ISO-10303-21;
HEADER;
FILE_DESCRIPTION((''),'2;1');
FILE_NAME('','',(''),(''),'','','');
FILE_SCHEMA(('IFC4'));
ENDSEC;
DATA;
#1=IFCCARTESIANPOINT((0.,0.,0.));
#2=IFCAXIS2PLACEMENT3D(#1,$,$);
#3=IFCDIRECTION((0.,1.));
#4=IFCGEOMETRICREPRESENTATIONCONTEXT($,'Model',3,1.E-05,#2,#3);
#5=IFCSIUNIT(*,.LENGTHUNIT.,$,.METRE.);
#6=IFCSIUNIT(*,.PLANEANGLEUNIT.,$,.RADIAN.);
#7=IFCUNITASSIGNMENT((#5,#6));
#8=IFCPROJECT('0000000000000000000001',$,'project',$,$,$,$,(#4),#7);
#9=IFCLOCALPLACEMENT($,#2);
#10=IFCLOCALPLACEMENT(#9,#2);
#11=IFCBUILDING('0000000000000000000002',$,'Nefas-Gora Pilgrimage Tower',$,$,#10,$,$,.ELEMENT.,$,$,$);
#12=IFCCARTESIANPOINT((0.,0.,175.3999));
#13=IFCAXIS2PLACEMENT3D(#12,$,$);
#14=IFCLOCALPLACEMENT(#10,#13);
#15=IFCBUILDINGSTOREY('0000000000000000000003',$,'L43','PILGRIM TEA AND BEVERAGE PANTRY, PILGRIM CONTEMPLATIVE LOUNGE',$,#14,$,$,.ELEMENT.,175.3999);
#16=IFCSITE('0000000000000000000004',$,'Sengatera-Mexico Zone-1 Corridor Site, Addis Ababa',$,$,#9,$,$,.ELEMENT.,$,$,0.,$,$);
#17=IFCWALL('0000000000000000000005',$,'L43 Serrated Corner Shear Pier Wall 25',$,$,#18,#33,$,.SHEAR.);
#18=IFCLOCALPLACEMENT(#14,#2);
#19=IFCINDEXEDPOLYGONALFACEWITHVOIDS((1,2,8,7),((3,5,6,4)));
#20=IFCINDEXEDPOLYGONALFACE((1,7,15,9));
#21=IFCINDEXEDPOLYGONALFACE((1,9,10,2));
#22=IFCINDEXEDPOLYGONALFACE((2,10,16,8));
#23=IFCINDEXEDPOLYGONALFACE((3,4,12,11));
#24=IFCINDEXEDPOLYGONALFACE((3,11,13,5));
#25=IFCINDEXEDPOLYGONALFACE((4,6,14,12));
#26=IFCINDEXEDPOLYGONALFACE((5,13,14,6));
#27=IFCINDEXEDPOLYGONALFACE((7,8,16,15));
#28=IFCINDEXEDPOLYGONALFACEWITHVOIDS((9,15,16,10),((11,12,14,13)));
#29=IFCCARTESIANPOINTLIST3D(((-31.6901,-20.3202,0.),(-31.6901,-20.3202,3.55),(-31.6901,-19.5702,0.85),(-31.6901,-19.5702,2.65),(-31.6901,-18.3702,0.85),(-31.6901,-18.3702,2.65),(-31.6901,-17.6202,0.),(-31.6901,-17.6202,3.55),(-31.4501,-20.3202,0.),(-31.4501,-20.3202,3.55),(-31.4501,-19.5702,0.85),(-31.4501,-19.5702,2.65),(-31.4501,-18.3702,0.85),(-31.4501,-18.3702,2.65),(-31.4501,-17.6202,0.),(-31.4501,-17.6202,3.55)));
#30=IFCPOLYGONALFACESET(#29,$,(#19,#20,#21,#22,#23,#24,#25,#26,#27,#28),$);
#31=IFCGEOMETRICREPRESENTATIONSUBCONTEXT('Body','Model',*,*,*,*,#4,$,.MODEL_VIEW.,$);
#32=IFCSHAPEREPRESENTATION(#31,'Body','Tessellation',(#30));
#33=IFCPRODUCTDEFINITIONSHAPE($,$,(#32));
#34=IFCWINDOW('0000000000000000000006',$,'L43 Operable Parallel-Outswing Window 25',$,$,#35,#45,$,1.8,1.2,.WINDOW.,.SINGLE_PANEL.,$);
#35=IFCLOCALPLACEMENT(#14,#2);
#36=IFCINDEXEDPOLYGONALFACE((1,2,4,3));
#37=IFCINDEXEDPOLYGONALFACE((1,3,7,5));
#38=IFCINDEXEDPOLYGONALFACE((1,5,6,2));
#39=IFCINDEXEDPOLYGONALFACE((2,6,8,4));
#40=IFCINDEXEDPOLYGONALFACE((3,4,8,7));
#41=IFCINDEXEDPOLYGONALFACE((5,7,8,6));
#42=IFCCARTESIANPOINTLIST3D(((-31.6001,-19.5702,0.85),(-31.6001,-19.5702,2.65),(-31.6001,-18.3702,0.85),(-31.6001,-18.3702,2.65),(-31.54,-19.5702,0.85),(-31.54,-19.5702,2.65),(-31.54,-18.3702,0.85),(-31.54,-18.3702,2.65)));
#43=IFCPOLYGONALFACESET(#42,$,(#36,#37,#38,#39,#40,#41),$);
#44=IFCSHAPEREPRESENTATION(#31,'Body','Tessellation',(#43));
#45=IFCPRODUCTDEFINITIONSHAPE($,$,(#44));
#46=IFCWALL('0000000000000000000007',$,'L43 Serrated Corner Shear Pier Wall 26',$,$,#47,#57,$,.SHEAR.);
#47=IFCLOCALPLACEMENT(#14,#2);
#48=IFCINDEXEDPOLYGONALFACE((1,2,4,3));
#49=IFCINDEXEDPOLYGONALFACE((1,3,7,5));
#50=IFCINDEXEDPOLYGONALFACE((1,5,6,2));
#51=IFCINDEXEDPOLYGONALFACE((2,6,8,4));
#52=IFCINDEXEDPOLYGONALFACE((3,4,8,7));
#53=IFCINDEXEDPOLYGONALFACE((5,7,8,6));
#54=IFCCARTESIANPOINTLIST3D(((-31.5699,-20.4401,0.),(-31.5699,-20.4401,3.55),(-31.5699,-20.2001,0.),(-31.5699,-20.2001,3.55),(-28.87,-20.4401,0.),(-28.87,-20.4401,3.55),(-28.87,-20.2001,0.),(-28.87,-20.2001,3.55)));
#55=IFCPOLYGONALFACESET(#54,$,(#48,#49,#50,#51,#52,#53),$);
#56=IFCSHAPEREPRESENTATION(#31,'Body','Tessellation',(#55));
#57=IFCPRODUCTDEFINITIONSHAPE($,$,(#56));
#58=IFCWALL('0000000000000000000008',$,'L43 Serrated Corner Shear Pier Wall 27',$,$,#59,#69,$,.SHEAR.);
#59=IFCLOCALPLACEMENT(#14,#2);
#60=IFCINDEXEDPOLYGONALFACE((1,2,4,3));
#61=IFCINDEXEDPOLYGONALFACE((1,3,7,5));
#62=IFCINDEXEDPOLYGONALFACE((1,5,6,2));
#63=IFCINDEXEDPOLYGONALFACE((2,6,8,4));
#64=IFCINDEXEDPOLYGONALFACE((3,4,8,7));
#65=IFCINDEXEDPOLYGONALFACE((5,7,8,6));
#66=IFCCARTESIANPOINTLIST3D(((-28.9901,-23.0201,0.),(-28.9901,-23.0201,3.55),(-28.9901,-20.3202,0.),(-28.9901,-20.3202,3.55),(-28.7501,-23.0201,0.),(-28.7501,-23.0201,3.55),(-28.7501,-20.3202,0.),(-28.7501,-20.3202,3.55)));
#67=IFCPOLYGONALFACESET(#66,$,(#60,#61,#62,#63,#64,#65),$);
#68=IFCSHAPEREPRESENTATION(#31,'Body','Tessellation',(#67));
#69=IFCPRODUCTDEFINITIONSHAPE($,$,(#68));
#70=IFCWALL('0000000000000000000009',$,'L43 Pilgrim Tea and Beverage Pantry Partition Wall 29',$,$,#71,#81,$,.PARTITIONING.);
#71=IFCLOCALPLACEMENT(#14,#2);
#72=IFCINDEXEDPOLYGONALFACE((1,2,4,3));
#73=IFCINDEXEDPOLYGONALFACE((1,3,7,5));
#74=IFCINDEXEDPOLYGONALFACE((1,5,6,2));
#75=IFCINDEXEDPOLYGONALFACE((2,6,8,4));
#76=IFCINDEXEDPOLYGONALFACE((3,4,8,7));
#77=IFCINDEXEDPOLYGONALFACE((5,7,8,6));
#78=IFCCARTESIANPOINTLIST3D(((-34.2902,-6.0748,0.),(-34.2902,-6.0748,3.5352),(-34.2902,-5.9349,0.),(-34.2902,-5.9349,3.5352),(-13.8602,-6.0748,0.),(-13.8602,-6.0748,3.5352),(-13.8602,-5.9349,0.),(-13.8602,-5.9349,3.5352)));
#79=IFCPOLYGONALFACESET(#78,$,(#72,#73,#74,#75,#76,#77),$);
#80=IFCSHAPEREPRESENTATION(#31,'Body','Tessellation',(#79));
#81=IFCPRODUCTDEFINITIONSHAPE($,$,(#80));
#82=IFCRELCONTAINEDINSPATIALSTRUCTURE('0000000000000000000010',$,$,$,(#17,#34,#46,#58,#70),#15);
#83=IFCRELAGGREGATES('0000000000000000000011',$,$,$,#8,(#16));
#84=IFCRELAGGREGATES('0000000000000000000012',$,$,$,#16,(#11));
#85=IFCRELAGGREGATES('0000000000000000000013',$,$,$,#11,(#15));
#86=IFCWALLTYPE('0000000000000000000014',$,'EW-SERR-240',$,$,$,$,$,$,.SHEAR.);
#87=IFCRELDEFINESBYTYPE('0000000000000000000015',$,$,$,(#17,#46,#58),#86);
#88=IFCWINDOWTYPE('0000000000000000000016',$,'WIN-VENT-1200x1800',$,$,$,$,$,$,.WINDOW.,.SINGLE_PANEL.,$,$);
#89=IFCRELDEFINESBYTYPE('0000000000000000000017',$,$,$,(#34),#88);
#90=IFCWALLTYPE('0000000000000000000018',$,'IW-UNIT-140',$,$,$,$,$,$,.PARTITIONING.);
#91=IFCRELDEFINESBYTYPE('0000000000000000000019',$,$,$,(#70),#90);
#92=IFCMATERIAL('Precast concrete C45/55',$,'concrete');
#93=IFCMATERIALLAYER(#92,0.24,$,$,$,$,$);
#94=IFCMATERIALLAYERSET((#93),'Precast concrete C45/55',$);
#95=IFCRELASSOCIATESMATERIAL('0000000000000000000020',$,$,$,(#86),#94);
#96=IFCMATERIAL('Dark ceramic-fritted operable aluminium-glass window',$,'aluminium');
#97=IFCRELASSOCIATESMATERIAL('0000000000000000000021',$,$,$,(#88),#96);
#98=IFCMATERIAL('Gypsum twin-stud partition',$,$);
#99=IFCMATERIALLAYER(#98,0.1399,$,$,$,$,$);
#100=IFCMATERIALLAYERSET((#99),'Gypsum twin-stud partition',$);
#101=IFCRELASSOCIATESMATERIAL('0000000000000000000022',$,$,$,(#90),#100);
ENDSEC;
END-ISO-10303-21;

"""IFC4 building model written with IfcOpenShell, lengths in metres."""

from ifc_helpers import new_model, si_unit, direction, frame, frame_2d, origin, place, context, subcontext, project, spatial, rectangle, extrude, source, transform, mapped, material, layer, layer_set, type_object, element, fill, save


model = new_model("IFC4")

# Units and contexts
model_context = context("Model", 3, precision=1e-05, world=origin(), true_north=direction((0.0, 1.0)))
body_context = subcontext(model_context, "Body", "Model", "MODEL_VIEW")
ifc_project = project(units=[si_unit("LENGTHUNIT", "METRE"), si_unit("PLANEANGLEUNIT", "RADIAN")], contexts=[model_context])

# Site, building, storey
site_placement = place(None, origin())
site = spatial("IfcSite", under=ifc_project, at=site_placement, Name="Sengatera-Mexico Zone-1 Corridor Site, Addis Ababa", CompositionType="ELEMENT", RefElevation=0.0)
building_placement = place(site_placement, origin())
building = spatial("IfcBuilding", under=site, at=building_placement, Name="Nefas-Gora Pilgrimage Tower", CompositionType="ELEMENT")
storey_placement = place(building_placement, frame((0.0, 0.0, 175.3999)))
storey = spatial("IfcBuildingStorey", under=building, at=storey_placement, Name="L43", Description="PILGRIM TEA AND BEVERAGE PANTRY, PILGRIM CONTEMPLATIVE LOUNGE", CompositionType="ELEMENT", Elevation=175.3999)

# Shared definitions
ifc_material_1 = material(Name="Precast concrete C45/55", Category="concrete")
ifc_layer_1 = layer(ifc_material_1, 0.24)
ifc_layer_set_1 = layer_set([ifc_layer_1], Name="Precast concrete C45/55")
wall_type_1 = type_object("IfcWallType", Name="EW-SERR-240", PredefinedType="SHEAR", material=ifc_layer_set_1)
shared_shape_1 = source(origin(), body_context, "Body", "SweptSolid", [
    extrude(rectangle(XDim=2.7, YDim=0.24, at=frame_2d((1.3501, 0.0))), origin(), (0.0, 0.0, 1.0), 3.55),
])

# Wall, opening, window
wall_1_placement = place(storey_placement, frame((-31.5701, -17.6201, 0.0), z_axis=(0.0, 0.0, 1.0), x_axis=(0.0, -1.0, 0.0)))
wall_1 = element("IfcWall", 1, at=wall_1_placement, inside=storey, type_object=wall_type_1, Name="L43 Serrated Corner Shear Pier Wall 25", PredefinedType="SHEAR", context=body_context, shape_type="MappedRepresentation", body=[
    mapped(shared_shape_1, transform((0.0, 0.0, 0.0), x_axis=(1.0, 0.0, 0.0), y_axis=(0.0, 1.0, 0.0), z_axis=(0.0, 0.0, 1.0), scale=1.0)),
])
opening_placement = place(wall_1_placement, frame((0.75, 0.0, 0.8501)))
opening = element("IfcOpeningElement", 2, at=opening_placement, cuts=wall_1, PredefinedType="OPENING", context=body_context, shape_type="SweptSolid", body=[
    extrude(rectangle(XDim=1.2, YDim=1.8, at=frame_2d((0.6001, 0.8999))), frame((0.0, 0.1299, 0.0), z_axis=(0.0, -1.0, 0.0), x_axis=(1.0, 0.0, 0.0)), (0.0, 0.0, 1.0), 0.26),
])
ifc_material_2 = material(Name="Dark ceramic-fritted operable aluminium-glass window", Category="aluminium")
window_type = type_object("IfcWindowType", Name="WIN-VENT-1200x1800", PartitioningType="SINGLE_PANEL", PredefinedType="WINDOW", material=ifc_material_2)
shared_shape_2 = source(origin(), body_context, "Body", "SweptSolid", [
    extrude(rectangle(XDim=1.2, YDim=1.8, at=frame_2d((0.6001, 0.8999))), frame((0.0, 0.03, 0.0), z_axis=(0.0, -1.0, 0.0), x_axis=(1.0, 0.0, 0.0)), (0.0, 0.0, 1.0), 0.0601),
])
window_placement = place(opening_placement, origin())
window = element("IfcWindow", 3, at=window_placement, inside=storey, type_object=window_type, Name="L43 Operable Parallel-Outswing Window 25", OverallHeight=1.8, OverallWidth=1.2, PartitioningType="SINGLE_PANEL", PredefinedType="WINDOW", context=body_context, shape_type="MappedRepresentation", body=[
    mapped(shared_shape_2, transform((0.0, 0.0, 0.0), x_axis=(1.0, 0.0, 0.0), y_axis=(0.0, 1.0, 0.0), z_axis=(0.0, 0.0, 1.0), scale=1.0)),
])
fill(opening, window)

# Walls
for number, where, z_axis, x_axis, name in (
    (4, (-31.5701, -20.3201, 0.0), (0.0, 0.0, 1.0), (1.0, 0.0, 0.0), "L43 Serrated Corner Shear Pier Wall 26"),
    (5, (-28.8701, -20.3201, 0.0), (0.0, 0.0, 1.0), (0.0, -1.0, 0.0), "L43 Serrated Corner Shear Pier Wall 27"),
):
    element("IfcWall", number, at=place(storey_placement, frame(where, z_axis=z_axis, x_axis=x_axis)), inside=storey, type_object=wall_type_1, Name=name, PredefinedType="SHEAR", context=body_context, shape_type="MappedRepresentation", body=[
        mapped(shared_shape_1, transform((0.0, 0.0, 0.0), x_axis=(1.0, 0.0, 0.0), y_axis=(0.0, 1.0, 0.0), z_axis=(0.0, 0.0, 1.0), scale=1.0)),
    ])
ifc_material_3 = material(Name="Gypsum twin-stud partition")
ifc_layer_2 = layer(ifc_material_3, 0.1399)
ifc_layer_set_2 = layer_set([ifc_layer_2], Name="Gypsum twin-stud partition")
wall_type_2 = type_object("IfcWallType", Name="IW-UNIT-140", PredefinedType="PARTITIONING", material=ifc_layer_set_2)
shared_shape_3 = source(origin(), body_context, "Body", "SweptSolid", [
    extrude(rectangle(XDim=20.4299, YDim=0.1399, at=frame_2d((10.2148, 0.0))), origin(), (0.0, 0.0, 1.0), 3.5352),
])
wall_2_placement = place(storey_placement, frame((-34.29, -6.0049, 0.0), z_axis=(0.0, 0.0, 1.0), x_axis=(1.0, 0.0, 0.0)))
element("IfcWall", 6, at=wall_2_placement, inside=storey, type_object=wall_type_2, Name="L43 Pilgrim Tea and Beverage Pantry Partition Wall 29", PredefinedType="PARTITIONING", context=body_context, shape_type="MappedRepresentation", body=[
    mapped(shared_shape_3, transform((0.0, 0.0, 0.0), x_axis=(1.0, 0.0, 0.0), y_axis=(0.0, 1.0, 0.0), z_axis=(0.0, 0.0, 1.0), scale=1.0)),
])

save(model, "model.ifc")
